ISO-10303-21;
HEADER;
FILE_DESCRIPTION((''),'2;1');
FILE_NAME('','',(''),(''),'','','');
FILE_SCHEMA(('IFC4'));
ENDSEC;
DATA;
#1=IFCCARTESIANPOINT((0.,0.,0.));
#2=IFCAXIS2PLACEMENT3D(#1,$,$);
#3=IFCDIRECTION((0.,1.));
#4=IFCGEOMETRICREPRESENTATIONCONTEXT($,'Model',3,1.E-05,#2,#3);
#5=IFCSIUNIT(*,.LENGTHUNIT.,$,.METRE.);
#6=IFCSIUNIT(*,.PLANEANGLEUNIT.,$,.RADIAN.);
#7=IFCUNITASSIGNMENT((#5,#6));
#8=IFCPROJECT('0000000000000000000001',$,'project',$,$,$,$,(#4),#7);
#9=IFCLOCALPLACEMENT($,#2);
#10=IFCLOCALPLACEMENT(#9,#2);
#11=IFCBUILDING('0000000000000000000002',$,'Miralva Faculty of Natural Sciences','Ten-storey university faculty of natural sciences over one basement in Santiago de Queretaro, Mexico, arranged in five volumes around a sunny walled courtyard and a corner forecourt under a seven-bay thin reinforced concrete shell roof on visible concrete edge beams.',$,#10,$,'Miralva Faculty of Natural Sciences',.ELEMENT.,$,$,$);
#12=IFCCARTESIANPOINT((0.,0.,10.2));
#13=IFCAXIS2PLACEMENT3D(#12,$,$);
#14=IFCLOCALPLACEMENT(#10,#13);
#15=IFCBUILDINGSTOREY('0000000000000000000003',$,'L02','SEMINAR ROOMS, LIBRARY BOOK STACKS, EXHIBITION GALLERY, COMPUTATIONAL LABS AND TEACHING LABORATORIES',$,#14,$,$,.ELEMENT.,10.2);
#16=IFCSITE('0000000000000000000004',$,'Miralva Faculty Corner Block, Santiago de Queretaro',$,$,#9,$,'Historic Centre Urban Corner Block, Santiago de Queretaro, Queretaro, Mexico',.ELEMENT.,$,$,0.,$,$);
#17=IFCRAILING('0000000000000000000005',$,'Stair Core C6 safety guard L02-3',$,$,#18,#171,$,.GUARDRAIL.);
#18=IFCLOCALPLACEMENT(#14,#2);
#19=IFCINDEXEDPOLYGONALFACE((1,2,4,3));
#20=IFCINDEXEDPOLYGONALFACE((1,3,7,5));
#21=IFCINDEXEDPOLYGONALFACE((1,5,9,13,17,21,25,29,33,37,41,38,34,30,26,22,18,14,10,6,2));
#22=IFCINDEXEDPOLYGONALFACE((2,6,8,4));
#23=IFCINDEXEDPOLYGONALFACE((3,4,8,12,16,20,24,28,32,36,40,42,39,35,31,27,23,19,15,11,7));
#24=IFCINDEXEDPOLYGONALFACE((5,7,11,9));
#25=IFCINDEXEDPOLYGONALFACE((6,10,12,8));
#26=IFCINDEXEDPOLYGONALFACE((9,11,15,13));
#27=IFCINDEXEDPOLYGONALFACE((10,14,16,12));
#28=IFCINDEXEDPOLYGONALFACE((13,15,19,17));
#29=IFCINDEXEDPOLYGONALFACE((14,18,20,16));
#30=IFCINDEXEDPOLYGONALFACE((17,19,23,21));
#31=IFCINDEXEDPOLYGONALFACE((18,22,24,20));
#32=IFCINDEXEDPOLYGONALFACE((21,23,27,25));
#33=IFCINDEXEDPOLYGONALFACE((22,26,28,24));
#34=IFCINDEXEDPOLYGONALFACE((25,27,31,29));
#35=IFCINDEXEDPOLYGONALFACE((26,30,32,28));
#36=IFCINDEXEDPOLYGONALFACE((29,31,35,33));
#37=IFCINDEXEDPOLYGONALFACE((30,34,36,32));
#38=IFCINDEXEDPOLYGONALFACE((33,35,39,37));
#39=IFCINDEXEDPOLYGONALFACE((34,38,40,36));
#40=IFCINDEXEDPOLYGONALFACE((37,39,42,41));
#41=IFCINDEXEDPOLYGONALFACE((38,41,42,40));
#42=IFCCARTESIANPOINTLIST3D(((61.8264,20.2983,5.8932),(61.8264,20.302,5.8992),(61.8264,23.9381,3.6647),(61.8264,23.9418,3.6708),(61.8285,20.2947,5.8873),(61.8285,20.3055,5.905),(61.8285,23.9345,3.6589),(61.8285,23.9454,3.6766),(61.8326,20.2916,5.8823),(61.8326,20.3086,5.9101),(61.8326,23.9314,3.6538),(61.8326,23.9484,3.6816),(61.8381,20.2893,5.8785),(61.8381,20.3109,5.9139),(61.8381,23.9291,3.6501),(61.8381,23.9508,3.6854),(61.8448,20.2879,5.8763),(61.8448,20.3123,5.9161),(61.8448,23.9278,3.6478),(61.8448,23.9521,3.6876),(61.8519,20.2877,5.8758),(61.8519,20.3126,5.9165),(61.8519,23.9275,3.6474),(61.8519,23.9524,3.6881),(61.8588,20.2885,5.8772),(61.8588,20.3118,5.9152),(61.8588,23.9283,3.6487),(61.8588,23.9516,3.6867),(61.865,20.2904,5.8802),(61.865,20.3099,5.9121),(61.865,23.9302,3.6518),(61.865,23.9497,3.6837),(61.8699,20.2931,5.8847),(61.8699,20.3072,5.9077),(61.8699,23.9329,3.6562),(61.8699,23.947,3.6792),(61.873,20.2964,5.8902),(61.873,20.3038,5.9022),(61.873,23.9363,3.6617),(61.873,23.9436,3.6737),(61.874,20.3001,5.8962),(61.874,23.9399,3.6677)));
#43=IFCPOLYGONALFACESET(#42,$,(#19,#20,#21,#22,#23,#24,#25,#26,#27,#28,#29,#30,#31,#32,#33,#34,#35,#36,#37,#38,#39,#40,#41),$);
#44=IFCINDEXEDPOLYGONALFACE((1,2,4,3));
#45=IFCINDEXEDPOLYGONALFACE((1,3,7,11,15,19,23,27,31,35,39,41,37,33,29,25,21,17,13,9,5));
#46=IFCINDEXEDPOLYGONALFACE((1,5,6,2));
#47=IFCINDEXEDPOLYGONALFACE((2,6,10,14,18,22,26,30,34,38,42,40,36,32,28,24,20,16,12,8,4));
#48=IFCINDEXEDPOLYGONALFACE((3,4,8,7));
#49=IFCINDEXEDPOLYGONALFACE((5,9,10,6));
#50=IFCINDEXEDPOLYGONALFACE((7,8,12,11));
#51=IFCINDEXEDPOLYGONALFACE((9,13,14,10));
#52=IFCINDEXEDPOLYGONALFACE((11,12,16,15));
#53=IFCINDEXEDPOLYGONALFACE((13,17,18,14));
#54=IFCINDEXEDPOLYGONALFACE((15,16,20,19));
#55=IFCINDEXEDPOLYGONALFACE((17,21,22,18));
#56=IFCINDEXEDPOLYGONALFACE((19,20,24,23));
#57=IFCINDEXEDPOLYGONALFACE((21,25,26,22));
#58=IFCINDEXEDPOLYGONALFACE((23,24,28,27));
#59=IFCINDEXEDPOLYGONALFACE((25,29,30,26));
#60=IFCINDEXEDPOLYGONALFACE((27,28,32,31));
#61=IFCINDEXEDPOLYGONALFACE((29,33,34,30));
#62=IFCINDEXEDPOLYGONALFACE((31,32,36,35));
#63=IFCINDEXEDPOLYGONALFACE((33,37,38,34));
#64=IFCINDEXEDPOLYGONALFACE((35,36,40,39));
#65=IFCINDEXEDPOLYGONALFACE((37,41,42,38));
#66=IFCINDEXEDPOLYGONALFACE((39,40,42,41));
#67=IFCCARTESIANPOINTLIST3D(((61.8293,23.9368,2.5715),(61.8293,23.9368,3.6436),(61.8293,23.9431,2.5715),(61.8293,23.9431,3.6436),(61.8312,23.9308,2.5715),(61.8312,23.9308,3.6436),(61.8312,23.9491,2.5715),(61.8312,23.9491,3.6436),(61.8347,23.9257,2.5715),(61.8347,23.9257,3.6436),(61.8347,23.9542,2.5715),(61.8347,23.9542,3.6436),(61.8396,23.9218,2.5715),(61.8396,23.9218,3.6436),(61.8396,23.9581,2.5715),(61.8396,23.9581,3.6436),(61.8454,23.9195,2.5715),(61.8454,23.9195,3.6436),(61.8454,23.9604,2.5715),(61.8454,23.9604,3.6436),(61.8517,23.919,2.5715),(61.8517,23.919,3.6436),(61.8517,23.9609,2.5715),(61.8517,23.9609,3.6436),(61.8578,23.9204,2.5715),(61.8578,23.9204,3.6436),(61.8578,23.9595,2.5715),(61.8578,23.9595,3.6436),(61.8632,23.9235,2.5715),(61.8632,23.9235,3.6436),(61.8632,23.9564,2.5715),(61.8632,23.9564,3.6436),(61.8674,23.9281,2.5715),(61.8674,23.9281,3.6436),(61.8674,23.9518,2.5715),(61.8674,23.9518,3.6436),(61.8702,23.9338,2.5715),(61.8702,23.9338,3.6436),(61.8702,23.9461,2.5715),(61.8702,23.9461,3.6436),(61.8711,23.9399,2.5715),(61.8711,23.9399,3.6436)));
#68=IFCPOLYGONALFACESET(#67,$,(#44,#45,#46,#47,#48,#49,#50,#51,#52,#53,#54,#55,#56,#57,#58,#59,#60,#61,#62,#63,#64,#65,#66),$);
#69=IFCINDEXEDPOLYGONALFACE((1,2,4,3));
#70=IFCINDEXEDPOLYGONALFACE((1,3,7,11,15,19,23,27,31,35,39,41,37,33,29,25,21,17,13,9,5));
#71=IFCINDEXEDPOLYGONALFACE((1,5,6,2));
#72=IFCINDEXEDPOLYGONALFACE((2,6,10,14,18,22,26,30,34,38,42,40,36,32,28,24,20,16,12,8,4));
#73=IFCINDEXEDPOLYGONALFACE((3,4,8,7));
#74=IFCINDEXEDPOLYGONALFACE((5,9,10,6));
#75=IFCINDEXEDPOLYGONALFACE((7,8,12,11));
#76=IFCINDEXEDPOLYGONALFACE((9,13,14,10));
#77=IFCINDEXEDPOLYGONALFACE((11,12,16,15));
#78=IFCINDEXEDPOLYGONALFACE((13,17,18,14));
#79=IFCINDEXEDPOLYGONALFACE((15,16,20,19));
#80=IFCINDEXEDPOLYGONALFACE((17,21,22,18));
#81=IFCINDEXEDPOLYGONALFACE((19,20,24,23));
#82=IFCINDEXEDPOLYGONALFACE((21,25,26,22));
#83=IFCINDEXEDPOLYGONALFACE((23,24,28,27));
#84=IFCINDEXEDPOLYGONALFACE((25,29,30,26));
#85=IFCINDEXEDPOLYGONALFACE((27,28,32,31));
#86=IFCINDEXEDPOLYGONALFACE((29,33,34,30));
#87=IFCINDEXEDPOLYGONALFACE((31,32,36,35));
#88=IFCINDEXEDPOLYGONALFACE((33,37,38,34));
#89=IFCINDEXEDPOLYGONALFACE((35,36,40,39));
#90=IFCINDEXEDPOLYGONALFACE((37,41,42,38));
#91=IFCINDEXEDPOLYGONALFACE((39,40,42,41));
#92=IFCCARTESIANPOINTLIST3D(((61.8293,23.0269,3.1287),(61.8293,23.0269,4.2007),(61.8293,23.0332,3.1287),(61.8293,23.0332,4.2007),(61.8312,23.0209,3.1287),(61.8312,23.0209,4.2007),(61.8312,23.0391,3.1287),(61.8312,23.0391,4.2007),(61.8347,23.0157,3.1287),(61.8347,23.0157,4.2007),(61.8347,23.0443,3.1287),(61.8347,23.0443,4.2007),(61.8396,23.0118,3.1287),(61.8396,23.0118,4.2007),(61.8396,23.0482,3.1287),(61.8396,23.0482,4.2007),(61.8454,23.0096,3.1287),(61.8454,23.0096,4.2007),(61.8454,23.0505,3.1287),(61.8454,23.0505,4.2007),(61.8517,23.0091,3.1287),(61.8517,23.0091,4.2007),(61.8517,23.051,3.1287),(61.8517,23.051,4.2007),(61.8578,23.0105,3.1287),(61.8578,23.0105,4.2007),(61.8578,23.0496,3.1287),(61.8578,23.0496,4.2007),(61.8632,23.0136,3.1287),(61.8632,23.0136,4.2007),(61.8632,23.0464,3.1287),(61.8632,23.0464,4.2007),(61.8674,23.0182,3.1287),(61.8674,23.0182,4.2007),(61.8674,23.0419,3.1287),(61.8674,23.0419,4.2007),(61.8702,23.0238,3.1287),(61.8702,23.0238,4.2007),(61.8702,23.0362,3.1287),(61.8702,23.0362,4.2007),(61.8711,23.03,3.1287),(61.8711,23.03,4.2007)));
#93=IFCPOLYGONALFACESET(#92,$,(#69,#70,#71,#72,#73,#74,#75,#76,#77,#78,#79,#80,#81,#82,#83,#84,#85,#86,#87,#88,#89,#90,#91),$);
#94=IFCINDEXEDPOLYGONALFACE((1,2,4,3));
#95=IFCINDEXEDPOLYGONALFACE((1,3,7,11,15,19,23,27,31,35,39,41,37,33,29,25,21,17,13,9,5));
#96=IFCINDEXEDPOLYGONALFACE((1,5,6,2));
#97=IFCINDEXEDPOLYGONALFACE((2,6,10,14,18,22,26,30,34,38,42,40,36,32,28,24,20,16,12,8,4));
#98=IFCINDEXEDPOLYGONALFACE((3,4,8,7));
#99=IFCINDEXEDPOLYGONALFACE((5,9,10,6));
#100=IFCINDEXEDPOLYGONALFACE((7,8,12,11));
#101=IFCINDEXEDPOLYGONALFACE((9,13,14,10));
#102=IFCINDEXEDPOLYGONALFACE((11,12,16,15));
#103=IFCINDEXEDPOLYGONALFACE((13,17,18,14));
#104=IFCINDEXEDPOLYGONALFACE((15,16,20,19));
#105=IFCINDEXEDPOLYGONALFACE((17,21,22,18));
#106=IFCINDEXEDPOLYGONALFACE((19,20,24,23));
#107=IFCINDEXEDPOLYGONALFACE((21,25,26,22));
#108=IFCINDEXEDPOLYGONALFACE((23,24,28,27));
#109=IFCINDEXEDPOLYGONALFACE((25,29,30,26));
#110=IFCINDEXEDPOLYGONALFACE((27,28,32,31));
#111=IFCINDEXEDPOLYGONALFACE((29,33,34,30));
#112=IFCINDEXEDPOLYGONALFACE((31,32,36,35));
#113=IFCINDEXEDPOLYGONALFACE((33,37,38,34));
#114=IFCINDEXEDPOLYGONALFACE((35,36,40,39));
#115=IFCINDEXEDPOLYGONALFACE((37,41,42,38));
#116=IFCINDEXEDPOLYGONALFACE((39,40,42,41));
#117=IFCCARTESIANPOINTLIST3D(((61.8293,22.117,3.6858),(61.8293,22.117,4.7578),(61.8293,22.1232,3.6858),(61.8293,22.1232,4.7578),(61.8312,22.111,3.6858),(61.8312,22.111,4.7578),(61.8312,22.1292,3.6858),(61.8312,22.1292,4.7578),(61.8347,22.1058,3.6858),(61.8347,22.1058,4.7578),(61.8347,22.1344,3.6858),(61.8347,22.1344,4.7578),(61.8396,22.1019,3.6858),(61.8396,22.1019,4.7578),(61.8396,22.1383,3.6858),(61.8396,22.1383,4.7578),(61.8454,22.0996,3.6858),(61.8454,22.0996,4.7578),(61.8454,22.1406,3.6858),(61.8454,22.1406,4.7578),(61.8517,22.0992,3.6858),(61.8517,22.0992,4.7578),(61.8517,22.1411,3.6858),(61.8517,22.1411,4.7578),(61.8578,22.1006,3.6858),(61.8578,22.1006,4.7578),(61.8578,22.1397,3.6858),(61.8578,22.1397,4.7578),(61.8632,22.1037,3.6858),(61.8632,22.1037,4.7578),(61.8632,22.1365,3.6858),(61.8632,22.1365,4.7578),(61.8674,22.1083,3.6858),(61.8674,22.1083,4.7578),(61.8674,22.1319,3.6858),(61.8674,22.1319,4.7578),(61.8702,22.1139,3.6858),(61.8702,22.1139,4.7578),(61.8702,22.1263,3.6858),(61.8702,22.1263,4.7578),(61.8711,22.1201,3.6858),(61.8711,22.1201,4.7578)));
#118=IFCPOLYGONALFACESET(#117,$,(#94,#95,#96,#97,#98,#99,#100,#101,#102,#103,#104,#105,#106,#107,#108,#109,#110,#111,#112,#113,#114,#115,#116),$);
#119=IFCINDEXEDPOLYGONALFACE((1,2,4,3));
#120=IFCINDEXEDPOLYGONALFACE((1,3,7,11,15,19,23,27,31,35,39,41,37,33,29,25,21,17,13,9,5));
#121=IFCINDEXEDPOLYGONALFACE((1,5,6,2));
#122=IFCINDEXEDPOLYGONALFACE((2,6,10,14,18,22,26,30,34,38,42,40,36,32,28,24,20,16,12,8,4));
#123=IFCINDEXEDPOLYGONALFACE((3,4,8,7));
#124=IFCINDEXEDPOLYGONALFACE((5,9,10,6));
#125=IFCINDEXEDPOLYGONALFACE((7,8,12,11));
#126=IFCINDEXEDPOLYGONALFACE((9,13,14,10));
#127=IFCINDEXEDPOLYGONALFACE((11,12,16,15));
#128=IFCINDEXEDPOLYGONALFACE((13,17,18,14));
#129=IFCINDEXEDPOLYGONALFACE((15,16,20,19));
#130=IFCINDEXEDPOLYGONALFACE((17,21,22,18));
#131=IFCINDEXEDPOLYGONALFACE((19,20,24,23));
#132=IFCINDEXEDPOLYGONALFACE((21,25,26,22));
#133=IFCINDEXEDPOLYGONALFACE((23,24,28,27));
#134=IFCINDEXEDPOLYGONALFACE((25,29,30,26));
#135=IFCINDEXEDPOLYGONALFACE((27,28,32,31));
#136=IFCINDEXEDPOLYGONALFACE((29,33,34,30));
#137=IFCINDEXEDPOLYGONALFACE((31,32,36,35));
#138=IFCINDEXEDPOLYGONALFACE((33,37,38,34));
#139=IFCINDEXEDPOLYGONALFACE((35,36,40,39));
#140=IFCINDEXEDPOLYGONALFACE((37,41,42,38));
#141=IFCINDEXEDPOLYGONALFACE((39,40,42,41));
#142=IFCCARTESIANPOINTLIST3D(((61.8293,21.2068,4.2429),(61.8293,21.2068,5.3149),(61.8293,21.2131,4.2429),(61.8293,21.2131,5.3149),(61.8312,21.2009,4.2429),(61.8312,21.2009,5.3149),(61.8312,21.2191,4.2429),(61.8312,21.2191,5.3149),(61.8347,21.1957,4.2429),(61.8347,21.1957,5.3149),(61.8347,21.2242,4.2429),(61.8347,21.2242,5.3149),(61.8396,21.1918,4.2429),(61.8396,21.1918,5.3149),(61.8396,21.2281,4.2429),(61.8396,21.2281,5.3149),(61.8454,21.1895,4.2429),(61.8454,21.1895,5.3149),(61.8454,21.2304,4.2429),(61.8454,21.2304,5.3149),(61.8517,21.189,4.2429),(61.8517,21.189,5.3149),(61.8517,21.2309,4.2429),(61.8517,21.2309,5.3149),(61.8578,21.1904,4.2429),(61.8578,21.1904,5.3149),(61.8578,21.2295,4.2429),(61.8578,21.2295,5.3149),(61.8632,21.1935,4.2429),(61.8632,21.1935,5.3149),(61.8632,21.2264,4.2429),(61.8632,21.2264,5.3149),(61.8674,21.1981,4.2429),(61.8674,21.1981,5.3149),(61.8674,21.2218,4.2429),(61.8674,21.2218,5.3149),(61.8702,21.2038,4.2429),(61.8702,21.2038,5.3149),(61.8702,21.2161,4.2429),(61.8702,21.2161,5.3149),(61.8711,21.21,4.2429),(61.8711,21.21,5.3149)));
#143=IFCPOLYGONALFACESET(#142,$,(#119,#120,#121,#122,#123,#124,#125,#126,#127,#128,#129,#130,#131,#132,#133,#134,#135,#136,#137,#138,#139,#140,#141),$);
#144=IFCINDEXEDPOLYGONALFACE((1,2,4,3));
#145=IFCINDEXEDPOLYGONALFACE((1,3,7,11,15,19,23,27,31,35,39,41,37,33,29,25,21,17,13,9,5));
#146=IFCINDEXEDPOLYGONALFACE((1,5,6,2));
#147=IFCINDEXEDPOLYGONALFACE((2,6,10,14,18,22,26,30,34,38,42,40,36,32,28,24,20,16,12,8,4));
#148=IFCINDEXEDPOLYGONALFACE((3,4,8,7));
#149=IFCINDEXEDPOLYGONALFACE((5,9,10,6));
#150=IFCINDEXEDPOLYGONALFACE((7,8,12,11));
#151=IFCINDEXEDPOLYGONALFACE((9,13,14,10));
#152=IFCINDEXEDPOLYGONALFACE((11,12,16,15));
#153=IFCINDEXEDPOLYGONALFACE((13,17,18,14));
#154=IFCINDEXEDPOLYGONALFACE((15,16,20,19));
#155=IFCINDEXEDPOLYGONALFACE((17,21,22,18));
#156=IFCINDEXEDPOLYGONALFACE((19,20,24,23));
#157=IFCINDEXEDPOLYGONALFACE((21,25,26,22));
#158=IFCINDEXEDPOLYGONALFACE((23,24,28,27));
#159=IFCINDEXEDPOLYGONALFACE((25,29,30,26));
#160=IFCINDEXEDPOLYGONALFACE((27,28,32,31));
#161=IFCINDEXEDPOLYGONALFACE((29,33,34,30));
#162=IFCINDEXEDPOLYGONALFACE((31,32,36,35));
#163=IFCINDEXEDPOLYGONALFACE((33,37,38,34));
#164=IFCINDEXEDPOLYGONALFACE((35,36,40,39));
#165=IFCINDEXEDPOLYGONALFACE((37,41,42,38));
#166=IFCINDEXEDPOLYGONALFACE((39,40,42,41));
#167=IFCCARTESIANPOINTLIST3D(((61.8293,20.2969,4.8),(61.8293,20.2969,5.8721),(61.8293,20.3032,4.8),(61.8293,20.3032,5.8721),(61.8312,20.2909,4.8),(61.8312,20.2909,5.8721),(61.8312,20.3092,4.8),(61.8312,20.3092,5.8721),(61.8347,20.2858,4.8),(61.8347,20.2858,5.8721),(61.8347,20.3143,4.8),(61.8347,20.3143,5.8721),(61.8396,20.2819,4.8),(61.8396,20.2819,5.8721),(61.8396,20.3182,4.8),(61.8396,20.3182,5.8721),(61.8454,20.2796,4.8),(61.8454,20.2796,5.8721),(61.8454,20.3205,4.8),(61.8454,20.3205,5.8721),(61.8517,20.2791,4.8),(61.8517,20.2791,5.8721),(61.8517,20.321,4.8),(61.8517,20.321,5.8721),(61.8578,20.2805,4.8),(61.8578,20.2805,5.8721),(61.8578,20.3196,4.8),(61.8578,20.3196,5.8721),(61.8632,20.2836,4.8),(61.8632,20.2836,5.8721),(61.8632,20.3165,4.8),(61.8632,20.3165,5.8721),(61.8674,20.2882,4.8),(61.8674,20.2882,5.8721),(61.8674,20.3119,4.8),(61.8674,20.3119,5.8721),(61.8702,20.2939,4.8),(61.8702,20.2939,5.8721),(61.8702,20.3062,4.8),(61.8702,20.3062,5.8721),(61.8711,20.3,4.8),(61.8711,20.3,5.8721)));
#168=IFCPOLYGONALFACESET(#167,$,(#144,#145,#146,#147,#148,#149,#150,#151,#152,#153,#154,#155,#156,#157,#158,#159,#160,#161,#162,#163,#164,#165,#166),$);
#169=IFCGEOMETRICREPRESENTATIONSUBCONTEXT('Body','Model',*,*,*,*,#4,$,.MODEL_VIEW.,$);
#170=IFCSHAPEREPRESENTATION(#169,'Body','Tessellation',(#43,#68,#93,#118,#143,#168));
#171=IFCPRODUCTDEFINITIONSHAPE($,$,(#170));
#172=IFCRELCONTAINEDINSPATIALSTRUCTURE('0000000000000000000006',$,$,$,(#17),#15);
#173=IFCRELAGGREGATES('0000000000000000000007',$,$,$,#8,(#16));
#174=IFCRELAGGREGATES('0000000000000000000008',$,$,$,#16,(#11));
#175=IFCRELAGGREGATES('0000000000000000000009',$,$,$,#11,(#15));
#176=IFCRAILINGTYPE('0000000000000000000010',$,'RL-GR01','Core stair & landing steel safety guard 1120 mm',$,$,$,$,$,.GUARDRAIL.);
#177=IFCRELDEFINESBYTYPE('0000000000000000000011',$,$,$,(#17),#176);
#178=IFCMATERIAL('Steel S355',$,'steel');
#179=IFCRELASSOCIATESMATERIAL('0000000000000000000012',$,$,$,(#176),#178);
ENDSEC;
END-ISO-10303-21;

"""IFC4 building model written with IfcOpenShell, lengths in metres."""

from ifc_helpers import new_model, si_unit, direction, frame, origin, origin_2d, place, context, subcontext, project, spatial, circle, extrude, material, type_object, element, save


model = new_model("IFC4")

# Units and contexts
model_context = context("Model", 3, precision=1e-05, world=origin(), true_north=direction((0.0, 1.0)))
body_context = subcontext(model_context, "Body", "Model", "MODEL_VIEW")
ifc_project = project(units=[si_unit("LENGTHUNIT", "METRE"), si_unit("PLANEANGLEUNIT", "RADIAN")], contexts=[model_context])

# Site, building, storey
site_placement = place(None, origin())
site = spatial("IfcSite", under=ifc_project, at=site_placement, Name="Miralva Faculty Corner Block, Santiago de Queretaro", LongName="Historic Centre Urban Corner Block, Santiago de Queretaro, Queretaro, Mexico", CompositionType="ELEMENT", RefElevation=0.0)
building_placement = place(site_placement, origin())
building = spatial("IfcBuilding", under=site, at=building_placement, Name="Miralva Faculty of Natural Sciences", Description="Ten-storey university faculty of natural sciences over one basement in Santiago de Queretaro, Mexico, arranged in five volumes around a sunny walled courtyard and a corner forecourt under a seven-bay thin reinforced concrete shell roof on visible concrete edge beams.", LongName="Miralva Faculty of Natural Sciences", CompositionType="ELEMENT")
storey_placement = place(building_placement, frame((0.0, 0.0, 10.2)))
storey = spatial("IfcBuildingStorey", under=building, at=storey_placement, Name="L02", Description="SEMINAR ROOMS, LIBRARY BOOK STACKS, EXHIBITION GALLERY, COMPUTATIONAL LABS AND TEACHING LABORATORIES", CompositionType="ELEMENT", Elevation=10.2)

# Railing
ifc_material_1 = material(Name="Steel S355", Category="steel")
railing_type_1 = type_object("IfcRailingType", Name="RL-GR01", Description="Core stair & landing steel safety guard 1120 mm", PredefinedType="GUARDRAIL", material=ifc_material_1)
railing_1_placement = place(storey_placement, frame((61.8501, 23.9399, 2.5715)))
element("IfcRailing", 1, at=railing_1_placement, inside=storey, type_object=railing_type_1, Name="Stair Core C6 safety guard L02-3", PredefinedType="GUARDRAIL", context=body_context, shape_type="SweptSolid", body=[
    extrude(circle(Radius=0.0239, at=origin_2d()), frame((0.0, 0.0, 1.0962), z_axis=(0.0, -0.85285, 0.522156), x_axis=(1.0, 0.0, 0.0)), (0.0, 0.0, 1.0), 4.2678),
    extrude(circle(Radius=0.021, at=origin_2d()), origin(), (0.0, 0.0, 1.0), 1.072),
    extrude(circle(Radius=0.021, at=origin_2d()), frame((0.0, -0.9099, 0.5571)), (0.0, 0.0, 1.0), 1.072),
    extrude(circle(Radius=0.021, at=origin_2d()), frame((0.0, -1.8198, 1.1143)), (0.0, 0.0, 1.0), 1.072),
    extrude(circle(Radius=0.021, at=origin_2d()), frame((0.0, -2.73, 1.6714)), (0.0, 0.0, 1.0), 1.072),
    extrude(circle(Radius=0.021, at=origin_2d()), frame((0.0, -3.6399, 2.2285)), (0.0, 0.0, 1.0), 1.072),
])

save(model, "model.ifc")
